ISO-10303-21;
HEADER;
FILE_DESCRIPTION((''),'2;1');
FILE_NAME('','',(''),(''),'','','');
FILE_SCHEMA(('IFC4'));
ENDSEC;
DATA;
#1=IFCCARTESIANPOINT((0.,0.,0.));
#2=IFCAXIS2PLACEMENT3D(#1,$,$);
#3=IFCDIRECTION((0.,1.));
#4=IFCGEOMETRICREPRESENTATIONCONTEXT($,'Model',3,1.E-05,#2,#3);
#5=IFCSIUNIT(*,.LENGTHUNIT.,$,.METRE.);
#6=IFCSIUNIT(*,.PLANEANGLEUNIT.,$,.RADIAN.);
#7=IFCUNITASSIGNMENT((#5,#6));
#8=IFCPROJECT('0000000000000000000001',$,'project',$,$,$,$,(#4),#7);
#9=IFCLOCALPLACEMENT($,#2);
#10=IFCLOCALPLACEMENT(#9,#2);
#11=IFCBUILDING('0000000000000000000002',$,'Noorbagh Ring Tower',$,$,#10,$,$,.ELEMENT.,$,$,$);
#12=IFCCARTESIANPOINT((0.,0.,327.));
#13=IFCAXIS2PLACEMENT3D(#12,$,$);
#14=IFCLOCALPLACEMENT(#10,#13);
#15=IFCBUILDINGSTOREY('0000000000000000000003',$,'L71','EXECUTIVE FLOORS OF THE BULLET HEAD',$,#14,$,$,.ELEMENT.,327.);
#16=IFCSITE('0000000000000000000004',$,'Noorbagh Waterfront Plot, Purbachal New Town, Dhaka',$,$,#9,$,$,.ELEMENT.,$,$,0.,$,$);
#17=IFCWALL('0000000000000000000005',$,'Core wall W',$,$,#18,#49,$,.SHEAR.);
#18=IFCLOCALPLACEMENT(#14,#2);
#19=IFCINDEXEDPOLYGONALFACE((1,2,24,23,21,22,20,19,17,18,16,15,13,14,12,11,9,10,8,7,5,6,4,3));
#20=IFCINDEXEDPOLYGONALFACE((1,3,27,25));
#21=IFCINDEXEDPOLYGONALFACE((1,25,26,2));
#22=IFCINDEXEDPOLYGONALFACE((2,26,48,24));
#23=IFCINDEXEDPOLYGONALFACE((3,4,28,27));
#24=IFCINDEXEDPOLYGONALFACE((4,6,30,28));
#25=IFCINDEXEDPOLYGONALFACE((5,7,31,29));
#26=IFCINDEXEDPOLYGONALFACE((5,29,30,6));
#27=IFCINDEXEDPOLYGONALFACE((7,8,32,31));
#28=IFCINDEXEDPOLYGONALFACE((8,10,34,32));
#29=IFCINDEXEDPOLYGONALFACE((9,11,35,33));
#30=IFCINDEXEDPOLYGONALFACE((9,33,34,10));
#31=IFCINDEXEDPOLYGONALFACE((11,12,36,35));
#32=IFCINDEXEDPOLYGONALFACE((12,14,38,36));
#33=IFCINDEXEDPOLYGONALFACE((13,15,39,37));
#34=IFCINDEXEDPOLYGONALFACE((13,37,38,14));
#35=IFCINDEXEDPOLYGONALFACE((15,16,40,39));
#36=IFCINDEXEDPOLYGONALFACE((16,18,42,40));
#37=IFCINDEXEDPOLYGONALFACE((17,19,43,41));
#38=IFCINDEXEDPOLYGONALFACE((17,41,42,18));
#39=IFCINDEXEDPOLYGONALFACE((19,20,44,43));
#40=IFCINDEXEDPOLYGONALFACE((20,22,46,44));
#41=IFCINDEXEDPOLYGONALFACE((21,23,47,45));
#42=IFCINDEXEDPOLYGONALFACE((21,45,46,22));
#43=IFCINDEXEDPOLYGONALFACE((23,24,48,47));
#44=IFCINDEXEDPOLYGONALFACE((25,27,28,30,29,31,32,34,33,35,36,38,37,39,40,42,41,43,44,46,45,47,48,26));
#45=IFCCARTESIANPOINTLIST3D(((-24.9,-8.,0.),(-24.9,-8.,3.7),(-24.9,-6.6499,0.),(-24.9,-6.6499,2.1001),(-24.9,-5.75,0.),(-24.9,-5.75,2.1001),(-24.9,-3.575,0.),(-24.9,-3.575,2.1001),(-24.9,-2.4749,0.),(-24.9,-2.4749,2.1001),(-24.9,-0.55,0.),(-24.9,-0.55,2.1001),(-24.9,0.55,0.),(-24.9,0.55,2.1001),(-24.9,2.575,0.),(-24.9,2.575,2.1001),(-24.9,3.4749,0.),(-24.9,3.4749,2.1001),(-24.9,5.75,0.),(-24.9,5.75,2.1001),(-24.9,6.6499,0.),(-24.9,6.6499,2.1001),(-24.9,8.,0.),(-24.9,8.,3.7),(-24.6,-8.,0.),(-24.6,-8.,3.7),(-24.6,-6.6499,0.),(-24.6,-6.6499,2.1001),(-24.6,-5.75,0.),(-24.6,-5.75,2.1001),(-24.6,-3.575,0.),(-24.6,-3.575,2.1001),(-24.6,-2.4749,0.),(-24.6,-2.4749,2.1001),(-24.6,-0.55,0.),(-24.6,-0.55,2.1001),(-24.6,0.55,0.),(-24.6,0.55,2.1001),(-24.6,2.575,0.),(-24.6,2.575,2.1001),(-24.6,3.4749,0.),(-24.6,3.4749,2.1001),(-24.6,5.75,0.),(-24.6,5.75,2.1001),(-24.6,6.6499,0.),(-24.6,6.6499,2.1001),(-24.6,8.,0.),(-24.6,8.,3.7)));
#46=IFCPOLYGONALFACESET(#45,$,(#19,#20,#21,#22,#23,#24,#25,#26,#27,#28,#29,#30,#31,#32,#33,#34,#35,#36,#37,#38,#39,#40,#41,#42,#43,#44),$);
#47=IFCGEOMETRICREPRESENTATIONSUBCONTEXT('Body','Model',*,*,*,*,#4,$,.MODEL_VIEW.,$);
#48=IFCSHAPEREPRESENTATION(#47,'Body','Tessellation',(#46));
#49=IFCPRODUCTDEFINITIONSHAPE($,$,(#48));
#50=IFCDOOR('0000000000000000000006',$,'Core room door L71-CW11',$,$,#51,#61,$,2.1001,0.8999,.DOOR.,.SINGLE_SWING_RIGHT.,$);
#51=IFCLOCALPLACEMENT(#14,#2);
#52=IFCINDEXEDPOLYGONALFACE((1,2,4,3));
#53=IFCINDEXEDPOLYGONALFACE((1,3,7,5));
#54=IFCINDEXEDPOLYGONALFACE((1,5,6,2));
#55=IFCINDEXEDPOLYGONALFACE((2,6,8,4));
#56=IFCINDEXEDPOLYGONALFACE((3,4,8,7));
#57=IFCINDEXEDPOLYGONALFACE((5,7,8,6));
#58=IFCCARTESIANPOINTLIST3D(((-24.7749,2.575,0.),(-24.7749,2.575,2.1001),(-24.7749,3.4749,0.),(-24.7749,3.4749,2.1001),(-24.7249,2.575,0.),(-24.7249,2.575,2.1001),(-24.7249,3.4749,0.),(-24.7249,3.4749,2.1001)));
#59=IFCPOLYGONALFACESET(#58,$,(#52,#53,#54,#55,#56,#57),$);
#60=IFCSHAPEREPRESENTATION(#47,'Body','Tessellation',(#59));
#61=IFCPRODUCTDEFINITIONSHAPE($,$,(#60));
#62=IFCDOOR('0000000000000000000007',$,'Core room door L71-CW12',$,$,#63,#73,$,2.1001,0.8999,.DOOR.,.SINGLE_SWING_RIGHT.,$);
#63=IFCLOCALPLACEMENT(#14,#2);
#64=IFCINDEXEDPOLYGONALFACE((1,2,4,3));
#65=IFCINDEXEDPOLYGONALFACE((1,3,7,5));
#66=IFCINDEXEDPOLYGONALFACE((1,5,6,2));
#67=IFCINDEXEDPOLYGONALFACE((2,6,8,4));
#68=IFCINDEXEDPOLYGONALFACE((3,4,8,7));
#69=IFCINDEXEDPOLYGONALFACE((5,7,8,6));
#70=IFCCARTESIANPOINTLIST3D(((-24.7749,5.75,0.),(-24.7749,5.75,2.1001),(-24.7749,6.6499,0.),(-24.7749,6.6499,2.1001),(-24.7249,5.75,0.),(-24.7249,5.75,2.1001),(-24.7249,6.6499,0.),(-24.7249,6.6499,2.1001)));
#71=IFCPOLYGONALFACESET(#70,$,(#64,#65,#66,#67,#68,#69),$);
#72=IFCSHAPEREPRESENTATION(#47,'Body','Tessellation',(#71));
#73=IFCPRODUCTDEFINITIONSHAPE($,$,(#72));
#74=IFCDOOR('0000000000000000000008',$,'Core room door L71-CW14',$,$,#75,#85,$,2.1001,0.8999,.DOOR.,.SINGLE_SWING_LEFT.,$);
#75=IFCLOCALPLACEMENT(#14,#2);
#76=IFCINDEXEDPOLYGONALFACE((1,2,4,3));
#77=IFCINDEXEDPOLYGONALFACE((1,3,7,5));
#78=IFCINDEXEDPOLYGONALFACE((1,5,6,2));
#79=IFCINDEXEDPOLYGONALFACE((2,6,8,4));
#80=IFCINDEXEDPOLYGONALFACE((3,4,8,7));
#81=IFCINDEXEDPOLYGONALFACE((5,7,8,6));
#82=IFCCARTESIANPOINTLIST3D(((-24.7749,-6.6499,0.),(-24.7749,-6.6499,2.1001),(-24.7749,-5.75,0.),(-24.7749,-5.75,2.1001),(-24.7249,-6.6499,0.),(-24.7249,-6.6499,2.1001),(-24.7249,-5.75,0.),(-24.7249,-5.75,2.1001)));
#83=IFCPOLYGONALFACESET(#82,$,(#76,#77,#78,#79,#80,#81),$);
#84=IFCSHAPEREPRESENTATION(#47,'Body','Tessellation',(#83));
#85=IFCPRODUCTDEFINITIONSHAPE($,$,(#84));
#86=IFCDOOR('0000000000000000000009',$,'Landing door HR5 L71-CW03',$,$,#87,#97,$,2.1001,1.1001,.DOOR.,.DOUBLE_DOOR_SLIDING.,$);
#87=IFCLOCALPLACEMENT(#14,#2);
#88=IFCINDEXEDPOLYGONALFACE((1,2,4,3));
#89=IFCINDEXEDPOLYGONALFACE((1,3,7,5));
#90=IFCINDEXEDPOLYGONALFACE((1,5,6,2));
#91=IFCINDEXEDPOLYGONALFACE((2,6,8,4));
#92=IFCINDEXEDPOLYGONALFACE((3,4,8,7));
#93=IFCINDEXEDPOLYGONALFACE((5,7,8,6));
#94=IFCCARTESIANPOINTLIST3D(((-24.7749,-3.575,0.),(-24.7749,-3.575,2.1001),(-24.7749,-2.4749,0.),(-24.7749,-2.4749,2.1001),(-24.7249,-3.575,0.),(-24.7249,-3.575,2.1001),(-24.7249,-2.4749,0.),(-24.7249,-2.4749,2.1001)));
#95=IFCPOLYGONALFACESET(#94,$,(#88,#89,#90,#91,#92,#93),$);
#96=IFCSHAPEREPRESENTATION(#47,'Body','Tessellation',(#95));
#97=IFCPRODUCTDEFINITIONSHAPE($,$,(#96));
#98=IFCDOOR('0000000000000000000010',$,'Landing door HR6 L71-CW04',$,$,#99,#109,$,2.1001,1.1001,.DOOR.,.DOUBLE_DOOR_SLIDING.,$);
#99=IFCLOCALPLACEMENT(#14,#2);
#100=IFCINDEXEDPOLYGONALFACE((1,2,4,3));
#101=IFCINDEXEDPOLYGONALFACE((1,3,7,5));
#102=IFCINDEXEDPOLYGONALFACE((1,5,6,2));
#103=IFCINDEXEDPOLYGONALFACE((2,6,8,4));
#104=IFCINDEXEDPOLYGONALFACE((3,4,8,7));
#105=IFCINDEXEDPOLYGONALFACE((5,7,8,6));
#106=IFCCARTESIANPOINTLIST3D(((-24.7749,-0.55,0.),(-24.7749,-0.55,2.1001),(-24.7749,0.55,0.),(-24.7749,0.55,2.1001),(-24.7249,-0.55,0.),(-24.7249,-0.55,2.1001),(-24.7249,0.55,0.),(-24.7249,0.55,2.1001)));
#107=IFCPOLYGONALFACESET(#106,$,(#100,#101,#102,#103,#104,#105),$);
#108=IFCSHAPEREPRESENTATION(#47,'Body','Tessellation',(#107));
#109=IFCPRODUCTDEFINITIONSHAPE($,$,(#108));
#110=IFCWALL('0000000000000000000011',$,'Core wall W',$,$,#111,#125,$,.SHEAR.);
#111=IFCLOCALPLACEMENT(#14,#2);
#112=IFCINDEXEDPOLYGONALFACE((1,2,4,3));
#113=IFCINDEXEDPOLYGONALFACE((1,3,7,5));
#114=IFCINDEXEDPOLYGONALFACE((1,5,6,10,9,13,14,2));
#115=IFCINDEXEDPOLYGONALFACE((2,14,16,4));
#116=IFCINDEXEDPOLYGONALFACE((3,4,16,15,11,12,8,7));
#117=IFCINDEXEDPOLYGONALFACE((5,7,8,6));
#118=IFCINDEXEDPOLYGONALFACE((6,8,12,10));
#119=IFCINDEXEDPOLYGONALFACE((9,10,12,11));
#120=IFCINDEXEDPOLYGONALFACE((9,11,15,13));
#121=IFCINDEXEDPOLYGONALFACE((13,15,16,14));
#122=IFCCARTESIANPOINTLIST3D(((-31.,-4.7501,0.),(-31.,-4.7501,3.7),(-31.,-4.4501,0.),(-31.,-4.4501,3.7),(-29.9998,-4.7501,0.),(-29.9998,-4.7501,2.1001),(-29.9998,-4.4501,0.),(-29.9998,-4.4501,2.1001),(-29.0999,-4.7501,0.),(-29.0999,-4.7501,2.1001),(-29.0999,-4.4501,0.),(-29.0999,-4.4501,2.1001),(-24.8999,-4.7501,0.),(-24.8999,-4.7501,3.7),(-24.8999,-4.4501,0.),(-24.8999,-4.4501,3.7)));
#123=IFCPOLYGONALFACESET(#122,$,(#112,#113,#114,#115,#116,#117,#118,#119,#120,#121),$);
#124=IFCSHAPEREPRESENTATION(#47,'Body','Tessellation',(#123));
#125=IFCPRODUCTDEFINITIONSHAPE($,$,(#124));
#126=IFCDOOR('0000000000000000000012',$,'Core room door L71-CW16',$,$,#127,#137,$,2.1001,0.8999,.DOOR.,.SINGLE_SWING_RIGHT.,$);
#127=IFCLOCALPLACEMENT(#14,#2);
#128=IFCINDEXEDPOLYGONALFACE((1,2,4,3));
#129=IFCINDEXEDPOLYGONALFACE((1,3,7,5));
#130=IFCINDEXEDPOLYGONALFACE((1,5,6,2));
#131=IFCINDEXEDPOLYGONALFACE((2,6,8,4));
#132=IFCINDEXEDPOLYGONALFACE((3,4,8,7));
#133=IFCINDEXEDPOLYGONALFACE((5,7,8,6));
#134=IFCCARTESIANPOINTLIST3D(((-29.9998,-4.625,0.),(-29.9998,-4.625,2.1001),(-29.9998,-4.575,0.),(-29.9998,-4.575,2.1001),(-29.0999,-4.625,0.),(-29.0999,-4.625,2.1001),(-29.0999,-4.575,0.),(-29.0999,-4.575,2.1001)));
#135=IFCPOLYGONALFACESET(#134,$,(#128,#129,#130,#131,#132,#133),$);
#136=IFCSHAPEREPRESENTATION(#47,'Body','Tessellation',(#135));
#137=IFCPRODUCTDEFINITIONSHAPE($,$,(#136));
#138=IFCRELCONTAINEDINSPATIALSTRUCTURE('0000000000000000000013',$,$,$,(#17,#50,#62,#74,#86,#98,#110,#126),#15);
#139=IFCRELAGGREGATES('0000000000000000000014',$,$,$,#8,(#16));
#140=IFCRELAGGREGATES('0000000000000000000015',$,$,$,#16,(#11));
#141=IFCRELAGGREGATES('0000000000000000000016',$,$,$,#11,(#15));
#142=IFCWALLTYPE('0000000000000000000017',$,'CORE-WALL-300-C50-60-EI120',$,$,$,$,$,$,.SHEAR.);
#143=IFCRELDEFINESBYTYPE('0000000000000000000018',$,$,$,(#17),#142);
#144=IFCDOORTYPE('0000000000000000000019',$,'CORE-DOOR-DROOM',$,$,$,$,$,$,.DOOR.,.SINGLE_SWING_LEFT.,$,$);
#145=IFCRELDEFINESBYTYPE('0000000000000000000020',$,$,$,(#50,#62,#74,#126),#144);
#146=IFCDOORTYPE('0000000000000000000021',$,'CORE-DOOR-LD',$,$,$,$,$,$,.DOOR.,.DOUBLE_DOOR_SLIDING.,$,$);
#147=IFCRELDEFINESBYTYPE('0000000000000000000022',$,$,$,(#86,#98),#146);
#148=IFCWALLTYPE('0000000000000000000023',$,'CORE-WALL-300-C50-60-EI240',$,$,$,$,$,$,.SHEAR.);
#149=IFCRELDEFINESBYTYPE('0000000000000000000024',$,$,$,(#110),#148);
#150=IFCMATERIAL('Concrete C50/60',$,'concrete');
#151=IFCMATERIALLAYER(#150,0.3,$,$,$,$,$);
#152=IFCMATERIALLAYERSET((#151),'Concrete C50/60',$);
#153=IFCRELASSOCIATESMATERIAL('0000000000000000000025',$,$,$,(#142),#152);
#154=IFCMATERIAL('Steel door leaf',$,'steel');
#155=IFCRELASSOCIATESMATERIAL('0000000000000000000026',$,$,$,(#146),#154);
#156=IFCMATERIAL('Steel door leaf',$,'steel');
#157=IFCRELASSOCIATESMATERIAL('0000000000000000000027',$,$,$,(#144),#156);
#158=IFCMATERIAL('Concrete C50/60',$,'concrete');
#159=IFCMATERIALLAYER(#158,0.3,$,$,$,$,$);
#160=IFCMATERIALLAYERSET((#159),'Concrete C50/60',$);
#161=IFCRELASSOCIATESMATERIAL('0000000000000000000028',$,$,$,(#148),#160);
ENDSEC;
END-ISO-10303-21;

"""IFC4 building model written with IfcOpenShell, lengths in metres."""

from ifc_helpers import new_model, si_unit, direction, frame, frame_2d, origin, place, context, subcontext, project, spatial, rectangle, extrude, material, layer, layer_set, type_object, element, fill, save


model = new_model("IFC4")

# Units and contexts
model_context = context("Model", 3, precision=1e-05, world=origin(), true_north=direction((0.0, 1.0)))
body_context = subcontext(model_context, "Body", "Model", "MODEL_VIEW")
ifc_project = project(units=[si_unit("LENGTHUNIT", "METRE"), si_unit("PLANEANGLEUNIT", "RADIAN")], contexts=[model_context])

# Site, building, storey
site_placement = place(None, origin())
site = spatial("IfcSite", under=ifc_project, at=site_placement, Name="Noorbagh Waterfront Plot, Purbachal New Town, Dhaka", CompositionType="ELEMENT", RefElevation=0.0)
building_placement = place(site_placement, origin())
building = spatial("IfcBuilding", under=site, at=building_placement, Name="Noorbagh Ring Tower", CompositionType="ELEMENT")
storey_placement = place(building_placement, frame((0.0, 0.0, 327.0)))
storey = spatial("IfcBuildingStorey", under=building, at=storey_placement, Name="L71", Description="EXECUTIVE FLOORS OF THE BULLET HEAD", CompositionType="ELEMENT", Elevation=327.0)

# Shared definitions
ifc_material_1 = material(Name="Concrete C50/60", Category="concrete")
ifc_layer_1 = layer(ifc_material_1, 0.3)
ifc_layer_set_1 = layer_set([ifc_layer_1], Name="Concrete C50/60")
wall_type_1 = type_object("IfcWallType", Name="CORE-WALL-300-C50-60-EI120", PredefinedType="SHEAR", material=ifc_layer_set_1)

# Wall, openings, doors
ifc_material_2 = material(Name="Steel door leaf", Category="steel")
door_type_1 = type_object("IfcDoorType", Name="CORE-DOOR-LD", OperationType="DOUBLE_DOOR_SLIDING", PredefinedType="DOOR", material=ifc_material_2)
wall_1_placement = place(storey_placement, frame((-24.75, -8.0, 0.0), z_axis=(0.0, 0.0, 1.0), x_axis=(0.0, 1.0, 0.0)))
wall_1 = element("IfcWall", 1, at=wall_1_placement, inside=storey, type_object=wall_type_1, Name="Core wall W", PredefinedType="SHEAR", context=body_context, shape_type="SweptSolid", body=[
    extrude(rectangle(XDim=16.0, YDim=0.3, at=frame_2d((8.0, 0.0))), origin(), (0.0, 0.0, 1.0), 3.7),
])
opening_1_placement = place(wall_1_placement, frame((4.425, 0.0, 0.0)))
opening_1 = element("IfcOpeningElement", 2, at=opening_1_placement, cuts=wall_1, PredefinedType="OPENING", context=body_context, shape_type="SweptSolid", body=[
    extrude(rectangle(XDim=1.1001, YDim=2.1001, at=frame_2d((0.55, 1.05))), frame((0.0, 0.1602, 0.0), z_axis=(0.0, -1.0, 0.0), x_axis=(1.0, 0.0, 0.0)), (0.0, 0.0, 1.0), 0.3201),
])
opening_2_placement = place(wall_1_placement, frame((7.45, 0.0, 0.0)))
opening_2 = element("IfcOpeningElement", 3, at=opening_2_placement, cuts=wall_1, PredefinedType="OPENING", context=body_context, shape_type="SweptSolid", body=[
    extrude(rectangle(XDim=1.1001, YDim=2.1001, at=frame_2d((0.55, 1.05))), frame((0.0, 0.1602, 0.0), z_axis=(0.0, -1.0, 0.0), x_axis=(1.0, 0.0, 0.0)), (0.0, 0.0, 1.0), 0.3201),
])
opening_3_placement = place(wall_1_placement, frame((10.575, 0.0, 0.0)))
opening_3 = element("IfcOpeningElement", 4, at=opening_3_placement, cuts=wall_1, PredefinedType="OPENING", context=body_context, shape_type="SweptSolid", body=[
    extrude(rectangle(XDim=0.8999, YDim=2.1001, at=frame_2d((0.45, 1.05))), frame((0.0, 0.1602, 0.0), z_axis=(0.0, -1.0, 0.0), x_axis=(1.0, 0.0, 0.0)), (0.0, 0.0, 1.0), 0.3201),
])
opening_4_placement = place(wall_1_placement, frame((13.75, 0.0, 0.0)))
opening_4 = element("IfcOpeningElement", 5, at=opening_4_placement, cuts=wall_1, PredefinedType="OPENING", context=body_context, shape_type="SweptSolid", body=[
    extrude(rectangle(XDim=0.8999, YDim=2.1001, at=frame_2d((0.45, 1.05))), frame((0.0, 0.1602, 0.0), z_axis=(0.0, -1.0, 0.0), x_axis=(1.0, 0.0, 0.0)), (0.0, 0.0, 1.0), 0.3201),
])
opening_5_placement = place(wall_1_placement, frame((1.3501, 0.0, 0.0)))
opening_5 = element("IfcOpeningElement", 6, at=opening_5_placement, cuts=wall_1, PredefinedType="OPENING", context=body_context, shape_type="SweptSolid", body=[
    extrude(rectangle(XDim=0.8999, YDim=2.1001, at=frame_2d((0.45, 1.05))), frame((0.0, 0.1602, 0.0), z_axis=(0.0, -1.0, 0.0), x_axis=(1.0, 0.0, 0.0)), (0.0, 0.0, 1.0), 0.3201),
])
ifc_material_3 = material(Name="Steel door leaf", Category="steel")
door_type_2 = type_object("IfcDoorType", Name="CORE-DOOR-DROOM", OperationType="SINGLE_SWING_LEFT", PredefinedType="DOOR", material=ifc_material_3)
door_1_placement = place(opening_3_placement, origin())
door_1 = element("IfcDoor", 7, at=door_1_placement, inside=storey, type_object=door_type_2, Name="Core room door L71-CW11", OperationType="SINGLE_SWING_RIGHT", OverallHeight=2.1001, OverallWidth=0.8999, PredefinedType="DOOR", context=body_context, shape_type="SweptSolid", body=[
    extrude(rectangle(XDim=0.8999, YDim=2.1001, at=frame_2d((0.45, 1.05))), frame((0.0, 0.0249, 0.0), z_axis=(0.0, -1.0, 0.0), x_axis=(1.0, 0.0, 0.0)), (0.0, 0.0, 1.0), 0.05),
])
fill(opening_3, door_1)
door_2_placement = place(opening_4_placement, origin())
door_2 = element("IfcDoor", 8, at=door_2_placement, inside=storey, type_object=door_type_2, Name="Core room door L71-CW12", OperationType="SINGLE_SWING_RIGHT", OverallHeight=2.1001, OverallWidth=0.8999, PredefinedType="DOOR", context=body_context, shape_type="SweptSolid", body=[
    extrude(rectangle(XDim=0.8999, YDim=2.1001, at=frame_2d((0.45, 1.05))), frame((0.0, 0.0249, 0.0), z_axis=(0.0, -1.0, 0.0), x_axis=(1.0, 0.0, 0.0)), (0.0, 0.0, 1.0), 0.05),
])
fill(opening_4, door_2)
door_3_placement = place(opening_5_placement, origin())
door_3 = element("IfcDoor", 9, at=door_3_placement, inside=storey, type_object=door_type_2, Name="Core room door L71-CW14", OperationType="SINGLE_SWING_LEFT", OverallHeight=2.1001, OverallWidth=0.8999, PredefinedType="DOOR", context=body_context, shape_type="SweptSolid", body=[
    extrude(rectangle(XDim=0.8999, YDim=2.1001, at=frame_2d((0.45, 1.05))), frame((0.0, 0.0249, 0.0), z_axis=(0.0, -1.0, 0.0), x_axis=(1.0, 0.0, 0.0)), (0.0, 0.0, 1.0), 0.05),
])
fill(opening_5, door_3)
door_4_placement = place(opening_1_placement, origin())
door_4 = element("IfcDoor", 10, at=door_4_placement, inside=storey, type_object=door_type_1, Name="Landing door HR5 L71-CW03", OperationType="DOUBLE_DOOR_SLIDING", OverallHeight=2.1001, OverallWidth=1.1001, PredefinedType="DOOR", context=body_context, shape_type="SweptSolid", body=[
    extrude(rectangle(XDim=1.1001, YDim=2.1001, at=frame_2d((0.55, 1.05))), frame((0.0, 0.0249, 0.0), z_axis=(0.0, -1.0, 0.0), x_axis=(1.0, 0.0, 0.0)), (0.0, 0.0, 1.0), 0.05),
])
fill(opening_1, door_4)
door_5_placement = place(opening_2_placement, origin())
door_5 = element("IfcDoor", 11, at=door_5_placement, inside=storey, type_object=door_type_1, Name="Landing door HR6 L71-CW04", OperationType="DOUBLE_DOOR_SLIDING", OverallHeight=2.1001, OverallWidth=1.1001, PredefinedType="DOOR", context=body_context, shape_type="SweptSolid", body=[
    extrude(rectangle(XDim=1.1001, YDim=2.1001, at=frame_2d((0.55, 1.05))), frame((0.0, 0.0249, 0.0), z_axis=(0.0, -1.0, 0.0), x_axis=(1.0, 0.0, 0.0)), (0.0, 0.0, 1.0), 0.05),
])
fill(opening_2, door_5)

# Wall, opening, door
ifc_material_4 = material(Name="Concrete C50/60", Category="concrete")
ifc_layer_2 = layer(ifc_material_4, 0.3)
ifc_layer_set_2 = layer_set([ifc_layer_2], Name="Concrete C50/60")
wall_type_2 = type_object("IfcWallType", Name="CORE-WALL-300-C50-60-EI240", PredefinedType="SHEAR", material=ifc_layer_set_2)
wall_2_placement = place(storey_placement, frame((-24.8999, -4.6001, 0.0), z_axis=(0.0, 0.0, 1.0), x_axis=(-1.0, 0.0, 0.0)))
wall_2 = element("IfcWall", 12, at=wall_2_placement, inside=storey, type_object=wall_type_2, Name="Core wall W", PredefinedType="SHEAR", context=body_context, shape_type="SweptSolid", body=[
    extrude(rectangle(XDim=6.1001, YDim=0.3, at=frame_2d((3.05, 0.0))), origin(), (0.0, 0.0, 1.0), 3.7),
])
opening_6_placement = place(wall_2_placement, frame((4.2, 0.0, 0.0)))
opening_6 = element("IfcOpeningElement", 13, at=opening_6_placement, cuts=wall_2, PredefinedType="OPENING", context=body_context, shape_type="SweptSolid", body=[
    extrude(rectangle(XDim=0.8999, YDim=2.1001, at=frame_2d((0.45, 1.05))), frame((0.0, 0.1602, 0.0), z_axis=(0.0, -1.0, 0.0), x_axis=(1.0, 0.0, 0.0)), (0.0, 0.0, 1.0), 0.3201),
])
door_6_placement = place(opening_6_placement, origin())
door_6 = element("IfcDoor", 14, at=door_6_placement, inside=storey, type_object=door_type_2, Name="Core room door L71-CW16", OperationType="SINGLE_SWING_RIGHT", OverallHeight=2.1001, OverallWidth=0.8999, PredefinedType="DOOR", context=body_context, shape_type="SweptSolid", body=[
    extrude(rectangle(XDim=0.8999, YDim=2.1001, at=frame_2d((0.45, 1.05))), frame((0.0, 0.0249, 0.0), z_axis=(0.0, -1.0, 0.0), x_axis=(1.0, 0.0, 0.0)), (0.0, 0.0, 1.0), 0.05),
])
fill(opening_6, door_6)

save(model, "model.ifc")
